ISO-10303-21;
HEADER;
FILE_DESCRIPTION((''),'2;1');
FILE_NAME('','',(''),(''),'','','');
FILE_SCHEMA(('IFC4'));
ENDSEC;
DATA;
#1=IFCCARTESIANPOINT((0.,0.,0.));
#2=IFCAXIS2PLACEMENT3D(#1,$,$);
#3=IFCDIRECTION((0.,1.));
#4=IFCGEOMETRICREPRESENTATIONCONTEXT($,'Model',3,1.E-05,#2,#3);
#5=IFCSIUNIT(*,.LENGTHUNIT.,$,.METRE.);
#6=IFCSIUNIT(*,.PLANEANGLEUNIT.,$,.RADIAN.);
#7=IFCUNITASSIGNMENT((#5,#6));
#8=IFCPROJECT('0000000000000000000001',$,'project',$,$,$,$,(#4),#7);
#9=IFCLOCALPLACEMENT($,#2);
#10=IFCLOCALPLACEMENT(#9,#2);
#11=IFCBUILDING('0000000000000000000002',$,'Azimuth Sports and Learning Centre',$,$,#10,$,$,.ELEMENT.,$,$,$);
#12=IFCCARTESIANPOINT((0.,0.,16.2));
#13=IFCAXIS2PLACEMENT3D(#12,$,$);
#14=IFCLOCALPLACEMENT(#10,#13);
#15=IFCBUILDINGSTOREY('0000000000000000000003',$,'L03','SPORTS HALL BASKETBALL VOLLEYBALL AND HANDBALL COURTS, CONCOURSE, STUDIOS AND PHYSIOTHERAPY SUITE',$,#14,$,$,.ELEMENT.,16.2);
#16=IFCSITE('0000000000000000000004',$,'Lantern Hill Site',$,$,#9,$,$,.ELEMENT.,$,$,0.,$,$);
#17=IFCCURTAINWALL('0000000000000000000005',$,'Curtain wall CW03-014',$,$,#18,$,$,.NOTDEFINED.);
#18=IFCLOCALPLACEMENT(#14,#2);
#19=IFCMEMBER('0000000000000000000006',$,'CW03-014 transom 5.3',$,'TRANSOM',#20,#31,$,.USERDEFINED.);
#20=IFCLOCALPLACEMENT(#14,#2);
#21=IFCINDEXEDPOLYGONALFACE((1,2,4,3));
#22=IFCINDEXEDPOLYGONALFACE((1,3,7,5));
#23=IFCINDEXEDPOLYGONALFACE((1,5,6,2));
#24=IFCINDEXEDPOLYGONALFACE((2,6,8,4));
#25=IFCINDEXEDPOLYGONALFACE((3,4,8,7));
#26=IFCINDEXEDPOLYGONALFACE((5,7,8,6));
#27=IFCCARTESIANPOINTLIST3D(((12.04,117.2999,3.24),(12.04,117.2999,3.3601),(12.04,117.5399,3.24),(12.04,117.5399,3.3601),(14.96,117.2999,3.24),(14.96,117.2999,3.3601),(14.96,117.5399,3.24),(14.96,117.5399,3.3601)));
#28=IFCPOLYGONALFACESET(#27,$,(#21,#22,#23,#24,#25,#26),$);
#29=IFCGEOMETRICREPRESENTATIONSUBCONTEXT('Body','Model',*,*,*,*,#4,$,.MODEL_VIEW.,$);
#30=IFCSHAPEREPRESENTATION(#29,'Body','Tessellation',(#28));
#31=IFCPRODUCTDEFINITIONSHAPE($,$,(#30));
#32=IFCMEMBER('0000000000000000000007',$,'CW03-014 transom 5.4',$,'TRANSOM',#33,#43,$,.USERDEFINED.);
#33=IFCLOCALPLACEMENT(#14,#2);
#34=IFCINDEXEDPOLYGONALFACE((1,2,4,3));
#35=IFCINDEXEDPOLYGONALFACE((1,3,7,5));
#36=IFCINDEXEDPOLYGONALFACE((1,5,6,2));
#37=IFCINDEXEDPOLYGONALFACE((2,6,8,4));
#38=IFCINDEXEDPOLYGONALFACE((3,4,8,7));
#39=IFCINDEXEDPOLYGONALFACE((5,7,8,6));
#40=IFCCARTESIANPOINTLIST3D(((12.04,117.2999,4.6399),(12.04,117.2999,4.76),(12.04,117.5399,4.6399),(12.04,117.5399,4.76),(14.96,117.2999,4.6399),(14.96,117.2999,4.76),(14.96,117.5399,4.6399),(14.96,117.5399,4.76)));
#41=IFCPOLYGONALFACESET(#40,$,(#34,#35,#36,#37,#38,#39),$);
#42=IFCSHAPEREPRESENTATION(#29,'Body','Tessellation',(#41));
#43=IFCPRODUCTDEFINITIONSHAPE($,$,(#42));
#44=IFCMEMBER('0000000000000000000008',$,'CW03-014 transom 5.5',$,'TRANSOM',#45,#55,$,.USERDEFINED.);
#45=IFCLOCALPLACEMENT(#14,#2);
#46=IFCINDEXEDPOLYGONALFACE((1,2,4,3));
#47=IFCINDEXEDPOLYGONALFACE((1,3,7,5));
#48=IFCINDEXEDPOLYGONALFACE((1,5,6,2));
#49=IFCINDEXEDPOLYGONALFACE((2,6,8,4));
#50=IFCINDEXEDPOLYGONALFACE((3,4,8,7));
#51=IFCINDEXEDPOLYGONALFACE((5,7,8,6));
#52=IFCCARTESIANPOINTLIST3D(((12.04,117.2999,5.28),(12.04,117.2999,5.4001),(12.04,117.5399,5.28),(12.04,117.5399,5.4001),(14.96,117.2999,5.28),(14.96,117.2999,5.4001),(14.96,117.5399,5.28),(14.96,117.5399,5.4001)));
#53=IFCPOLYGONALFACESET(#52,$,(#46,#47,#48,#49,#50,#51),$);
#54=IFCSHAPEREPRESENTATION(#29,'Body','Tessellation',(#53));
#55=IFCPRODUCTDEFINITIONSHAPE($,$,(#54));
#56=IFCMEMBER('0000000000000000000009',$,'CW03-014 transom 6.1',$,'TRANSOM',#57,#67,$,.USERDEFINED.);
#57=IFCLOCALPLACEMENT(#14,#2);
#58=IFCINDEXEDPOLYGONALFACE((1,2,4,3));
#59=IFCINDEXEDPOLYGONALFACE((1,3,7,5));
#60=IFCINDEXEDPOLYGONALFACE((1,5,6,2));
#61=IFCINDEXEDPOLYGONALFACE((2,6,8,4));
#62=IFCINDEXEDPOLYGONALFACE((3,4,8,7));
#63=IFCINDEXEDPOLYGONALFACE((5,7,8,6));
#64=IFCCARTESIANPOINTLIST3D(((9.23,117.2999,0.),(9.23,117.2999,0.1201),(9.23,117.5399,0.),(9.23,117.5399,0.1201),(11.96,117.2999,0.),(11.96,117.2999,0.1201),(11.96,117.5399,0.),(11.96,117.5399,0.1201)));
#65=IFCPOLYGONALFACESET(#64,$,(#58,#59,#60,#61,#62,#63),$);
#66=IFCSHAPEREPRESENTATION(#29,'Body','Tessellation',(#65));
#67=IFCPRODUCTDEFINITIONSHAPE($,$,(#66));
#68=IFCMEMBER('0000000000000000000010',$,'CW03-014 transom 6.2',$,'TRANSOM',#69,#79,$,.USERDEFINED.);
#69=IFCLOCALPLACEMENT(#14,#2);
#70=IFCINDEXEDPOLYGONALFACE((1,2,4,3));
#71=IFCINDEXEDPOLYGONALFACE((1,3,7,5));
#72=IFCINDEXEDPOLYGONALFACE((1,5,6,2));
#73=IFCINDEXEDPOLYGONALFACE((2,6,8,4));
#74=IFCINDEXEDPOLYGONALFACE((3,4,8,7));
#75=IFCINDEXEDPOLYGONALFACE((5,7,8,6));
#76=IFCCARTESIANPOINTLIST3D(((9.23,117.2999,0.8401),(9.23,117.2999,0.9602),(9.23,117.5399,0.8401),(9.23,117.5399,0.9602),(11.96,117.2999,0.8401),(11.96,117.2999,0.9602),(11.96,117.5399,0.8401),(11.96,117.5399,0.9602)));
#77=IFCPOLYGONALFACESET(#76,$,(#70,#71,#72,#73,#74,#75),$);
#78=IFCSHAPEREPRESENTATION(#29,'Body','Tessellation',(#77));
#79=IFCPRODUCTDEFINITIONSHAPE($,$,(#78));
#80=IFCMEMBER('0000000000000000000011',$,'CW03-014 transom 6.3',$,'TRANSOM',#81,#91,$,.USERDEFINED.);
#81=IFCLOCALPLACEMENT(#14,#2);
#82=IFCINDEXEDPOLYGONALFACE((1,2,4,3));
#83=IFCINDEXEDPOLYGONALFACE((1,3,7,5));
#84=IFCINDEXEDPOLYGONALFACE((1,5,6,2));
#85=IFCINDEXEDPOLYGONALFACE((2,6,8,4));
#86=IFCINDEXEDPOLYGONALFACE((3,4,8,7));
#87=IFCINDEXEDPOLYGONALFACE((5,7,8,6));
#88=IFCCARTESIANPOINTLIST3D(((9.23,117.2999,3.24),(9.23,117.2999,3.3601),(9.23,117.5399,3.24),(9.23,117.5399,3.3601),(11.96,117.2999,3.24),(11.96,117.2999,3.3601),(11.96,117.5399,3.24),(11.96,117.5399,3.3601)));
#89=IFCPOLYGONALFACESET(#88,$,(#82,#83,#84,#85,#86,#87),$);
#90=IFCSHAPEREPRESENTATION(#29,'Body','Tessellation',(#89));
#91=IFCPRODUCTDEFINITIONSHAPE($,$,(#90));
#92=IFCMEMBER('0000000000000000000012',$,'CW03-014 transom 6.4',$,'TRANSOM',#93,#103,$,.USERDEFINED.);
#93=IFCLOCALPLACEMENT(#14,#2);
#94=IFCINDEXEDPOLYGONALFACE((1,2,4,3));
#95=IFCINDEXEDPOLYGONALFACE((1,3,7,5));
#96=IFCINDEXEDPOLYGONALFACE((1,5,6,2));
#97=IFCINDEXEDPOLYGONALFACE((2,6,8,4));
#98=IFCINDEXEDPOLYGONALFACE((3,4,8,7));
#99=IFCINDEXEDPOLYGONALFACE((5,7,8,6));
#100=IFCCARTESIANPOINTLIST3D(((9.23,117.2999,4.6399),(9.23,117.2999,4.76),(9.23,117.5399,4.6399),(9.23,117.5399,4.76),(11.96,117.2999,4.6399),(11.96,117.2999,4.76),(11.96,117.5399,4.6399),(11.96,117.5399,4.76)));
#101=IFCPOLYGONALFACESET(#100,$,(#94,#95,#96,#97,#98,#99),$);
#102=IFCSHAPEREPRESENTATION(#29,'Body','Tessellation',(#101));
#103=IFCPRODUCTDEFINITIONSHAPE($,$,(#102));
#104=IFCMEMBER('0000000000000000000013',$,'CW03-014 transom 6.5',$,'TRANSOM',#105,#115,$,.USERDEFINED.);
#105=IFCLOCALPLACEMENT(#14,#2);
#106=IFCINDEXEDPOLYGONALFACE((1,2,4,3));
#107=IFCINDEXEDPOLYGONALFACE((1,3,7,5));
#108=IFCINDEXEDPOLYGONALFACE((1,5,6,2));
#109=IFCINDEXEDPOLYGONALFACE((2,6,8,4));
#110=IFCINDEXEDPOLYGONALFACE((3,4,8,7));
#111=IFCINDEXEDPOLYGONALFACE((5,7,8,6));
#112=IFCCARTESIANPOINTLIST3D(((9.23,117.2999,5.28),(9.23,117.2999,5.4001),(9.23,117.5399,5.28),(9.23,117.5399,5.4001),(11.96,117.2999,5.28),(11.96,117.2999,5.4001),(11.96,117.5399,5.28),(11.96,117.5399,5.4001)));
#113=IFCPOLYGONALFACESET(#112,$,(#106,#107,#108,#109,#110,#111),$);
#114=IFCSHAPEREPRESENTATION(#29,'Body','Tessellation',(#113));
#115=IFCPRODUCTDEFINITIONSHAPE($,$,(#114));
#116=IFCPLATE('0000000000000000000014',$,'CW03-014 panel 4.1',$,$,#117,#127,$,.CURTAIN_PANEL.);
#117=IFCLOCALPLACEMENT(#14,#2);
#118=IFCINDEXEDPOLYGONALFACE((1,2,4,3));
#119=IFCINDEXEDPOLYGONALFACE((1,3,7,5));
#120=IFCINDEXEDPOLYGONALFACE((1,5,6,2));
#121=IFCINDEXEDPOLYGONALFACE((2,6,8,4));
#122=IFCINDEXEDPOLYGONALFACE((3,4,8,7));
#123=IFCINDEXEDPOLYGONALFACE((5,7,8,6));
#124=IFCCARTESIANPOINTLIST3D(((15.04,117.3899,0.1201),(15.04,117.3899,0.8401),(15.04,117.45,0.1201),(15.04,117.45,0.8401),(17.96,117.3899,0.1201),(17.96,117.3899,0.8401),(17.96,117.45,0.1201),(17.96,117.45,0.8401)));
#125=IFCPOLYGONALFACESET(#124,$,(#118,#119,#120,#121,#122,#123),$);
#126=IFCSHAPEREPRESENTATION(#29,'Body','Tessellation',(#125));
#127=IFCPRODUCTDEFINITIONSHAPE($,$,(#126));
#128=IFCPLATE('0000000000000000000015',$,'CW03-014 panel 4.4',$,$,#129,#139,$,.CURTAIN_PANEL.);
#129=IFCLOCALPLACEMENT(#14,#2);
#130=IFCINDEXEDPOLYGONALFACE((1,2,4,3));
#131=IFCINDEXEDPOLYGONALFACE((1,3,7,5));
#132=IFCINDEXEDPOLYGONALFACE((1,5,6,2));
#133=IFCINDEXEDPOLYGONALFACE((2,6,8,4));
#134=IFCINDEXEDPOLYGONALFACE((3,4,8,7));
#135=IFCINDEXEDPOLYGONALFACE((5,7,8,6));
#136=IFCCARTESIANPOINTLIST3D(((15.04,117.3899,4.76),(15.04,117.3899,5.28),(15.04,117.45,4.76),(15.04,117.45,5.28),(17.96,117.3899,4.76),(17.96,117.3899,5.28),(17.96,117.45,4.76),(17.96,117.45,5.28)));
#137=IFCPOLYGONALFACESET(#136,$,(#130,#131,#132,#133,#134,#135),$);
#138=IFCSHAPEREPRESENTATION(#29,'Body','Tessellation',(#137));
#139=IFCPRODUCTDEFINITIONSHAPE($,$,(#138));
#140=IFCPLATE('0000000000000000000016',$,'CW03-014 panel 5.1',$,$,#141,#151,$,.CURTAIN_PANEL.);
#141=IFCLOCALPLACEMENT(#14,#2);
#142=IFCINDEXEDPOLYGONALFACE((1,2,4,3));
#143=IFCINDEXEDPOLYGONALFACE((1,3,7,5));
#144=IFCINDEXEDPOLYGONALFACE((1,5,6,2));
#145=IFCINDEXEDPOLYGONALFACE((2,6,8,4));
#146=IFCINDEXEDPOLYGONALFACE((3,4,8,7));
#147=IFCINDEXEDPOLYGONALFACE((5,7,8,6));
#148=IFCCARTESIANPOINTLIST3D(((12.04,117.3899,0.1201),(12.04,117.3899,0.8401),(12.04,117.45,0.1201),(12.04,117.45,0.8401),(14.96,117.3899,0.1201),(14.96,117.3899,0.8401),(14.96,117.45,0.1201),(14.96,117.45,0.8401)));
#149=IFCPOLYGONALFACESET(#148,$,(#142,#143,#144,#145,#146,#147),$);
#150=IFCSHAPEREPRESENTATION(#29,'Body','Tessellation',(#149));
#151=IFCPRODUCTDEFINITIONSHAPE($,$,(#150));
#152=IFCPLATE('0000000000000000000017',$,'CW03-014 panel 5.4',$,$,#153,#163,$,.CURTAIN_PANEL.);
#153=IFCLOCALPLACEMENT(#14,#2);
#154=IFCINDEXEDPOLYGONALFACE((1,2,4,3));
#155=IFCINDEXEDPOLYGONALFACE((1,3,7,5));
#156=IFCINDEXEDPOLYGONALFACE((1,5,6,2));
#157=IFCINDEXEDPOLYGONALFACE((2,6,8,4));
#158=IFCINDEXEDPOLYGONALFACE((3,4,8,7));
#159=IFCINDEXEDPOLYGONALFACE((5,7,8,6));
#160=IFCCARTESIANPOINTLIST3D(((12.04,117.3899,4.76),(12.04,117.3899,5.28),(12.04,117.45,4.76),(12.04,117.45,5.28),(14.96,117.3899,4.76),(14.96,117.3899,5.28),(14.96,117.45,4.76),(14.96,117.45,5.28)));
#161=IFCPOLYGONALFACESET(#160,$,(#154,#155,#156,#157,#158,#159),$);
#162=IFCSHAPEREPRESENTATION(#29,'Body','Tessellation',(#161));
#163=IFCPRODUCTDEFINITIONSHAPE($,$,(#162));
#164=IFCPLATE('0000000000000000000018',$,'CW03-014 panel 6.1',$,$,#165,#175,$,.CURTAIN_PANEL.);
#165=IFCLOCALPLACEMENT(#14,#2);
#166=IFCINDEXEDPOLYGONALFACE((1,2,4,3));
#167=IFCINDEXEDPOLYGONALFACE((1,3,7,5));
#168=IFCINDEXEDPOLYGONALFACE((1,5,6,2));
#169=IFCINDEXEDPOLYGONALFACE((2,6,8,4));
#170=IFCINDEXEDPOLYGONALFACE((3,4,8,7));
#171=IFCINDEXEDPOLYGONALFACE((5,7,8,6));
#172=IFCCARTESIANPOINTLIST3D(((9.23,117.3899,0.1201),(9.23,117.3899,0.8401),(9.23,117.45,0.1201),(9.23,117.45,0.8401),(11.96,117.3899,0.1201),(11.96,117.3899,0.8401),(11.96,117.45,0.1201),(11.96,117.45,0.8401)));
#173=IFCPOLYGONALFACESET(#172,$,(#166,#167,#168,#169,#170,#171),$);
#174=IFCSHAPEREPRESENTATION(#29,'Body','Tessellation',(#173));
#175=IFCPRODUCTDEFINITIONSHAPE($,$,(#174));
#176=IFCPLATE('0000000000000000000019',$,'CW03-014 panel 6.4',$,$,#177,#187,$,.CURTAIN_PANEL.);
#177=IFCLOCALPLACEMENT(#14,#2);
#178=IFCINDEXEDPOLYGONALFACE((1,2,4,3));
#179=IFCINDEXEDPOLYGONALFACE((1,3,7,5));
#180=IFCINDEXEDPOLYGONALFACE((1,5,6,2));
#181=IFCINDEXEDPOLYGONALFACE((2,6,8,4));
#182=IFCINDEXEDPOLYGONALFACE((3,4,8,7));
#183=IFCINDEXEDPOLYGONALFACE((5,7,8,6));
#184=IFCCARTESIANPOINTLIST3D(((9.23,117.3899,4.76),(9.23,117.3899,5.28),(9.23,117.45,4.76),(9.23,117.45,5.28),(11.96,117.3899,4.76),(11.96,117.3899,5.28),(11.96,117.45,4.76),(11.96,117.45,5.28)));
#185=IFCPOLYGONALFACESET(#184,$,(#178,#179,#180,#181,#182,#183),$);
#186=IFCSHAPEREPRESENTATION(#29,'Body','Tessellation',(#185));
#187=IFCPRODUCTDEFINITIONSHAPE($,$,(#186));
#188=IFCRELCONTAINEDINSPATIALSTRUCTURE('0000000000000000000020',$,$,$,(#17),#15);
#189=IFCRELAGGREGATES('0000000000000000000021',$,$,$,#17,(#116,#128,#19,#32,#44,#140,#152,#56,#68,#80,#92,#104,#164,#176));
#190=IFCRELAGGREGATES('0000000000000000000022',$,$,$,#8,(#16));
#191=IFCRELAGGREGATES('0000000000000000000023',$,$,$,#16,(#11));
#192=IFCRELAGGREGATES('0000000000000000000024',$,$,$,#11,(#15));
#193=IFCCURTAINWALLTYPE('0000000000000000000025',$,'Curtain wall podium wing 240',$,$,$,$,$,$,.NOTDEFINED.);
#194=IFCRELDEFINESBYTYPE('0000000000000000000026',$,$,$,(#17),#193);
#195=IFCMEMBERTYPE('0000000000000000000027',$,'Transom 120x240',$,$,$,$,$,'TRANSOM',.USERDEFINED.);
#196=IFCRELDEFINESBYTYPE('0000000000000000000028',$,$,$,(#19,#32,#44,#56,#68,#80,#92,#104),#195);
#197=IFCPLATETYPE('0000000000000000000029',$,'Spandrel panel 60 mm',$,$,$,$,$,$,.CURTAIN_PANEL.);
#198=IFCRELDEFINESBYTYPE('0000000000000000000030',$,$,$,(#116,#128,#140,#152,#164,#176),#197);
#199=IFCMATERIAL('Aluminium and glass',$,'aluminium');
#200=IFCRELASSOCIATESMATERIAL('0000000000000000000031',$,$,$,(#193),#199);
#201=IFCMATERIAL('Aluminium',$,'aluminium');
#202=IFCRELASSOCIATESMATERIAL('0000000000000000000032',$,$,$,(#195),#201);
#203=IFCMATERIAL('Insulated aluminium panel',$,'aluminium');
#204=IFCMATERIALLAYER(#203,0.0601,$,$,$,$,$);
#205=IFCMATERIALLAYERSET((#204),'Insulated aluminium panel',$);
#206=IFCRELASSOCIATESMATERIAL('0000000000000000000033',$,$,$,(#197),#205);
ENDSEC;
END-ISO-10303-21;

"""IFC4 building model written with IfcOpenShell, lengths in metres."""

from ifc_helpers import new_model, si_unit, direction, frame, origin, origin_2d, place, context, subcontext, project, spatial, rectangle, extrude, material, layer, layer_set, material_profile, profile_set, type_object, element, aggregate, save


model = new_model("IFC4")

# Units and contexts
model_context = context("Model", 3, precision=1e-05, world=origin(), true_north=direction((0.0, 1.0)))
body_context = subcontext(model_context, "Body", "Model", "MODEL_VIEW")
ifc_project = project(units=[si_unit("LENGTHUNIT", "METRE"), si_unit("PLANEANGLEUNIT", "RADIAN")], contexts=[model_context])

# Site, building, storey
site_placement = place(None, origin())
site = spatial("IfcSite", under=ifc_project, at=site_placement, Name="Lantern Hill Site", CompositionType="ELEMENT", RefElevation=0.0)
building_placement = place(site_placement, origin())
building = spatial("IfcBuilding", under=site, at=building_placement, Name="Azimuth Sports and Learning Centre", CompositionType="ELEMENT")
storey_placement = place(building_placement, frame((0.0, 0.0, 16.2)))
storey = spatial("IfcBuildingStorey", under=building, at=storey_placement, Name="L03", Description="SPORTS HALL BASKETBALL VOLLEYBALL AND HANDBALL COURTS, CONCOURSE, STUDIOS AND PHYSIOTHERAPY SUITE", CompositionType="ELEMENT", Elevation=16.2)

# Curtain wall, members, plates
ifc_material_1 = material(Name="Aluminium and glass", Category="aluminium")
curtain_wall_type = type_object("IfcCurtainWallType", Name="Curtain wall podium wing 240", PredefinedType="NOTDEFINED", material=ifc_material_1)
curtain_wall_placement = place(storey_placement, origin())
curtain_wall = element("IfcCurtainWall", 1, at=curtain_wall_placement, inside=storey, type_object=curtain_wall_type, Name="Curtain wall CW03-014", PredefinedType="NOTDEFINED")
ifc_material_2 = material(Name="Aluminium", Category="aluminium")
ifc_material_profile_1 = material_profile(ifc_material_2, rectangle(XDim=0.24, YDim=0.1201, at=origin_2d()), Name="Transom 120x240")
ifc_profile_set_1 = profile_set([ifc_material_profile_1], Name="Aluminium")
member_type_1 = type_object("IfcMemberType", Name="Transom 120x240", ElementType="TRANSOM", PredefinedType="USERDEFINED", material=ifc_profile_set_1)
member_1_placement = place(storey_placement, frame((14.96, 117.4199, 3.3), z_axis=(-1.0, 0.0, 0.0), x_axis=(0.0, -1.0, 0.0)))
member_1 = element("IfcMember", 2, at=member_1_placement, type_object=member_type_1, Name="CW03-014 transom 5.3", ObjectType="TRANSOM", PredefinedType="USERDEFINED", context=body_context, shape_type="SweptSolid", body=[
    extrude(rectangle(XDim=0.24, YDim=0.1201, at=origin_2d()), origin(), (0.0, 0.0, 1.0), 2.9199),
])
member_2_placement = place(storey_placement, frame((14.96, 117.4199, 4.7), z_axis=(-1.0, 0.0, 0.0), x_axis=(0.0, -1.0, 0.0)))
member_2 = element("IfcMember", 3, at=member_2_placement, type_object=member_type_1, Name="CW03-014 transom 5.4", ObjectType="TRANSOM", PredefinedType="USERDEFINED", context=body_context, shape_type="SweptSolid", body=[
    extrude(rectangle(XDim=0.24, YDim=0.1201, at=origin_2d()), origin(), (0.0, 0.0, 1.0), 2.9199),
])
member_3_placement = place(storey_placement, frame((14.96, 117.4199, 5.3401), z_axis=(-1.0, 0.0, 0.0), x_axis=(0.0, -1.0, 0.0)))
member_3 = element("IfcMember", 4, at=member_3_placement, type_object=member_type_1, Name="CW03-014 transom 5.5", ObjectType="TRANSOM", PredefinedType="USERDEFINED", context=body_context, shape_type="SweptSolid", body=[
    extrude(rectangle(XDim=0.24, YDim=0.1201, at=origin_2d()), origin(), (0.0, 0.0, 1.0), 2.9199),
])
member_4_placement = place(storey_placement, frame((11.96, 117.4199, 0.0601), z_axis=(-1.0, 0.0, 0.0), x_axis=(0.0, -1.0, 0.0)))
member_4 = element("IfcMember", 5, at=member_4_placement, type_object=member_type_1, Name="CW03-014 transom 6.1", ObjectType="TRANSOM", PredefinedType="USERDEFINED", context=body_context, shape_type="SweptSolid", body=[
    extrude(rectangle(XDim=0.24, YDim=0.1201, at=origin_2d()), origin(), (0.0, 0.0, 1.0), 2.73),
])
member_5_placement = place(storey_placement, frame((11.96, 117.4199, 0.9001), z_axis=(-1.0, 0.0, 0.0), x_axis=(0.0, -1.0, 0.0)))
member_5 = element("IfcMember", 6, at=member_5_placement, type_object=member_type_1, Name="CW03-014 transom 6.2", ObjectType="TRANSOM", PredefinedType="USERDEFINED", context=body_context, shape_type="SweptSolid", body=[
    extrude(rectangle(XDim=0.24, YDim=0.1201, at=origin_2d()), origin(), (0.0, 0.0, 1.0), 2.73),
])
member_6_placement = place(storey_placement, frame((11.96, 117.4199, 3.3), z_axis=(-1.0, 0.0, 0.0), x_axis=(0.0, -1.0, 0.0)))
member_6 = element("IfcMember", 7, at=member_6_placement, type_object=member_type_1, Name="CW03-014 transom 6.3", ObjectType="TRANSOM", PredefinedType="USERDEFINED", context=body_context, shape_type="SweptSolid", body=[
    extrude(rectangle(XDim=0.24, YDim=0.1201, at=origin_2d()), origin(), (0.0, 0.0, 1.0), 2.73),
])
member_7_placement = place(storey_placement, frame((11.96, 117.4199, 4.7), z_axis=(-1.0, 0.0, 0.0), x_axis=(0.0, -1.0, 0.0)))
member_7 = element("IfcMember", 8, at=member_7_placement, type_object=member_type_1, Name="CW03-014 transom 6.4", ObjectType="TRANSOM", PredefinedType="USERDEFINED", context=body_context, shape_type="SweptSolid", body=[
    extrude(rectangle(XDim=0.24, YDim=0.1201, at=origin_2d()), origin(), (0.0, 0.0, 1.0), 2.73),
])
member_8_placement = place(storey_placement, frame((11.96, 117.4199, 5.3401), z_axis=(-1.0, 0.0, 0.0), x_axis=(0.0, -1.0, 0.0)))
member_8 = element("IfcMember", 9, at=member_8_placement, type_object=member_type_1, Name="CW03-014 transom 6.5", ObjectType="TRANSOM", PredefinedType="USERDEFINED", context=body_context, shape_type="SweptSolid", body=[
    extrude(rectangle(XDim=0.24, YDim=0.1201, at=origin_2d()), origin(), (0.0, 0.0, 1.0), 2.73),
])
ifc_material_3 = material(Name="Insulated aluminium panel", Category="aluminium")
ifc_layer_1 = layer(ifc_material_3, 0.0601)
ifc_layer_set_1 = layer_set([ifc_layer_1], Name="Insulated aluminium panel")
plate_type_1 = type_object("IfcPlateType", Name="Spandrel panel 60 mm", PredefinedType="CURTAIN_PANEL", material=ifc_layer_set_1)
plate_1_placement = place(storey_placement, frame((16.5, 117.4199, 0.1201), z_axis=(0.0, 0.0, 1.0), x_axis=(-1.0, 0.0, 0.0)))
plate_1 = element("IfcPlate", 10, at=plate_1_placement, type_object=plate_type_1, Name="CW03-014 panel 4.1", PredefinedType="CURTAIN_PANEL", context=body_context, shape_type="SweptSolid", body=[
    extrude(rectangle(XDim=2.9199, YDim=0.0601, at=origin_2d()), origin(), (0.0, 0.0, 1.0), 0.72),
])
plate_2_placement = place(storey_placement, frame((16.5, 117.4199, 4.76), z_axis=(0.0, 0.0, 1.0), x_axis=(-1.0, 0.0, 0.0)))
plate_2 = element("IfcPlate", 11, at=plate_2_placement, type_object=plate_type_1, Name="CW03-014 panel 4.4", PredefinedType="CURTAIN_PANEL", context=body_context, shape_type="SweptSolid", body=[
    extrude(rectangle(XDim=2.9199, YDim=0.0601, at=origin_2d()), origin(), (0.0, 0.0, 1.0), 0.52),
])
plate_3_placement = place(storey_placement, frame((13.5, 117.4199, 0.1201), z_axis=(0.0, 0.0, 1.0), x_axis=(-1.0, 0.0, 0.0)))
plate_3 = element("IfcPlate", 12, at=plate_3_placement, type_object=plate_type_1, Name="CW03-014 panel 5.1", PredefinedType="CURTAIN_PANEL", context=body_context, shape_type="SweptSolid", body=[
    extrude(rectangle(XDim=2.9199, YDim=0.0601, at=origin_2d()), origin(), (0.0, 0.0, 1.0), 0.72),
])
plate_4_placement = place(storey_placement, frame((13.5, 117.4199, 4.76), z_axis=(0.0, 0.0, 1.0), x_axis=(-1.0, 0.0, 0.0)))
plate_4 = element("IfcPlate", 13, at=plate_4_placement, type_object=plate_type_1, Name="CW03-014 panel 5.4", PredefinedType="CURTAIN_PANEL", context=body_context, shape_type="SweptSolid", body=[
    extrude(rectangle(XDim=2.9199, YDim=0.0601, at=origin_2d()), origin(), (0.0, 0.0, 1.0), 0.52),
])
plate_5_placement = place(storey_placement, frame((10.595, 117.4199, 0.1201), z_axis=(0.0, 0.0, 1.0), x_axis=(-1.0, 0.0, 0.0)))
plate_5 = element("IfcPlate", 14, at=plate_5_placement, type_object=plate_type_1, Name="CW03-014 panel 6.1", PredefinedType="CURTAIN_PANEL", context=body_context, shape_type="SweptSolid", body=[
    extrude(rectangle(XDim=2.73, YDim=0.0601, at=origin_2d()), origin(), (0.0, 0.0, 1.0), 0.72),
])
plate_6_placement = place(storey_placement, frame((10.595, 117.4199, 4.76), z_axis=(0.0, 0.0, 1.0), x_axis=(-1.0, 0.0, 0.0)))
plate_6 = element("IfcPlate", 15, at=plate_6_placement, type_object=plate_type_1, Name="CW03-014 panel 6.4", PredefinedType="CURTAIN_PANEL", context=body_context, shape_type="SweptSolid", body=[
    extrude(rectangle(XDim=2.73, YDim=0.0601, at=origin_2d()), origin(), (0.0, 0.0, 1.0), 0.52),
])
aggregate(curtain_wall, [plate_1, plate_2, member_1, member_2, member_3, plate_3, plate_4, member_4, member_5, member_6, member_7, member_8, plate_5, plate_6])

save(model, "model.ifc")
